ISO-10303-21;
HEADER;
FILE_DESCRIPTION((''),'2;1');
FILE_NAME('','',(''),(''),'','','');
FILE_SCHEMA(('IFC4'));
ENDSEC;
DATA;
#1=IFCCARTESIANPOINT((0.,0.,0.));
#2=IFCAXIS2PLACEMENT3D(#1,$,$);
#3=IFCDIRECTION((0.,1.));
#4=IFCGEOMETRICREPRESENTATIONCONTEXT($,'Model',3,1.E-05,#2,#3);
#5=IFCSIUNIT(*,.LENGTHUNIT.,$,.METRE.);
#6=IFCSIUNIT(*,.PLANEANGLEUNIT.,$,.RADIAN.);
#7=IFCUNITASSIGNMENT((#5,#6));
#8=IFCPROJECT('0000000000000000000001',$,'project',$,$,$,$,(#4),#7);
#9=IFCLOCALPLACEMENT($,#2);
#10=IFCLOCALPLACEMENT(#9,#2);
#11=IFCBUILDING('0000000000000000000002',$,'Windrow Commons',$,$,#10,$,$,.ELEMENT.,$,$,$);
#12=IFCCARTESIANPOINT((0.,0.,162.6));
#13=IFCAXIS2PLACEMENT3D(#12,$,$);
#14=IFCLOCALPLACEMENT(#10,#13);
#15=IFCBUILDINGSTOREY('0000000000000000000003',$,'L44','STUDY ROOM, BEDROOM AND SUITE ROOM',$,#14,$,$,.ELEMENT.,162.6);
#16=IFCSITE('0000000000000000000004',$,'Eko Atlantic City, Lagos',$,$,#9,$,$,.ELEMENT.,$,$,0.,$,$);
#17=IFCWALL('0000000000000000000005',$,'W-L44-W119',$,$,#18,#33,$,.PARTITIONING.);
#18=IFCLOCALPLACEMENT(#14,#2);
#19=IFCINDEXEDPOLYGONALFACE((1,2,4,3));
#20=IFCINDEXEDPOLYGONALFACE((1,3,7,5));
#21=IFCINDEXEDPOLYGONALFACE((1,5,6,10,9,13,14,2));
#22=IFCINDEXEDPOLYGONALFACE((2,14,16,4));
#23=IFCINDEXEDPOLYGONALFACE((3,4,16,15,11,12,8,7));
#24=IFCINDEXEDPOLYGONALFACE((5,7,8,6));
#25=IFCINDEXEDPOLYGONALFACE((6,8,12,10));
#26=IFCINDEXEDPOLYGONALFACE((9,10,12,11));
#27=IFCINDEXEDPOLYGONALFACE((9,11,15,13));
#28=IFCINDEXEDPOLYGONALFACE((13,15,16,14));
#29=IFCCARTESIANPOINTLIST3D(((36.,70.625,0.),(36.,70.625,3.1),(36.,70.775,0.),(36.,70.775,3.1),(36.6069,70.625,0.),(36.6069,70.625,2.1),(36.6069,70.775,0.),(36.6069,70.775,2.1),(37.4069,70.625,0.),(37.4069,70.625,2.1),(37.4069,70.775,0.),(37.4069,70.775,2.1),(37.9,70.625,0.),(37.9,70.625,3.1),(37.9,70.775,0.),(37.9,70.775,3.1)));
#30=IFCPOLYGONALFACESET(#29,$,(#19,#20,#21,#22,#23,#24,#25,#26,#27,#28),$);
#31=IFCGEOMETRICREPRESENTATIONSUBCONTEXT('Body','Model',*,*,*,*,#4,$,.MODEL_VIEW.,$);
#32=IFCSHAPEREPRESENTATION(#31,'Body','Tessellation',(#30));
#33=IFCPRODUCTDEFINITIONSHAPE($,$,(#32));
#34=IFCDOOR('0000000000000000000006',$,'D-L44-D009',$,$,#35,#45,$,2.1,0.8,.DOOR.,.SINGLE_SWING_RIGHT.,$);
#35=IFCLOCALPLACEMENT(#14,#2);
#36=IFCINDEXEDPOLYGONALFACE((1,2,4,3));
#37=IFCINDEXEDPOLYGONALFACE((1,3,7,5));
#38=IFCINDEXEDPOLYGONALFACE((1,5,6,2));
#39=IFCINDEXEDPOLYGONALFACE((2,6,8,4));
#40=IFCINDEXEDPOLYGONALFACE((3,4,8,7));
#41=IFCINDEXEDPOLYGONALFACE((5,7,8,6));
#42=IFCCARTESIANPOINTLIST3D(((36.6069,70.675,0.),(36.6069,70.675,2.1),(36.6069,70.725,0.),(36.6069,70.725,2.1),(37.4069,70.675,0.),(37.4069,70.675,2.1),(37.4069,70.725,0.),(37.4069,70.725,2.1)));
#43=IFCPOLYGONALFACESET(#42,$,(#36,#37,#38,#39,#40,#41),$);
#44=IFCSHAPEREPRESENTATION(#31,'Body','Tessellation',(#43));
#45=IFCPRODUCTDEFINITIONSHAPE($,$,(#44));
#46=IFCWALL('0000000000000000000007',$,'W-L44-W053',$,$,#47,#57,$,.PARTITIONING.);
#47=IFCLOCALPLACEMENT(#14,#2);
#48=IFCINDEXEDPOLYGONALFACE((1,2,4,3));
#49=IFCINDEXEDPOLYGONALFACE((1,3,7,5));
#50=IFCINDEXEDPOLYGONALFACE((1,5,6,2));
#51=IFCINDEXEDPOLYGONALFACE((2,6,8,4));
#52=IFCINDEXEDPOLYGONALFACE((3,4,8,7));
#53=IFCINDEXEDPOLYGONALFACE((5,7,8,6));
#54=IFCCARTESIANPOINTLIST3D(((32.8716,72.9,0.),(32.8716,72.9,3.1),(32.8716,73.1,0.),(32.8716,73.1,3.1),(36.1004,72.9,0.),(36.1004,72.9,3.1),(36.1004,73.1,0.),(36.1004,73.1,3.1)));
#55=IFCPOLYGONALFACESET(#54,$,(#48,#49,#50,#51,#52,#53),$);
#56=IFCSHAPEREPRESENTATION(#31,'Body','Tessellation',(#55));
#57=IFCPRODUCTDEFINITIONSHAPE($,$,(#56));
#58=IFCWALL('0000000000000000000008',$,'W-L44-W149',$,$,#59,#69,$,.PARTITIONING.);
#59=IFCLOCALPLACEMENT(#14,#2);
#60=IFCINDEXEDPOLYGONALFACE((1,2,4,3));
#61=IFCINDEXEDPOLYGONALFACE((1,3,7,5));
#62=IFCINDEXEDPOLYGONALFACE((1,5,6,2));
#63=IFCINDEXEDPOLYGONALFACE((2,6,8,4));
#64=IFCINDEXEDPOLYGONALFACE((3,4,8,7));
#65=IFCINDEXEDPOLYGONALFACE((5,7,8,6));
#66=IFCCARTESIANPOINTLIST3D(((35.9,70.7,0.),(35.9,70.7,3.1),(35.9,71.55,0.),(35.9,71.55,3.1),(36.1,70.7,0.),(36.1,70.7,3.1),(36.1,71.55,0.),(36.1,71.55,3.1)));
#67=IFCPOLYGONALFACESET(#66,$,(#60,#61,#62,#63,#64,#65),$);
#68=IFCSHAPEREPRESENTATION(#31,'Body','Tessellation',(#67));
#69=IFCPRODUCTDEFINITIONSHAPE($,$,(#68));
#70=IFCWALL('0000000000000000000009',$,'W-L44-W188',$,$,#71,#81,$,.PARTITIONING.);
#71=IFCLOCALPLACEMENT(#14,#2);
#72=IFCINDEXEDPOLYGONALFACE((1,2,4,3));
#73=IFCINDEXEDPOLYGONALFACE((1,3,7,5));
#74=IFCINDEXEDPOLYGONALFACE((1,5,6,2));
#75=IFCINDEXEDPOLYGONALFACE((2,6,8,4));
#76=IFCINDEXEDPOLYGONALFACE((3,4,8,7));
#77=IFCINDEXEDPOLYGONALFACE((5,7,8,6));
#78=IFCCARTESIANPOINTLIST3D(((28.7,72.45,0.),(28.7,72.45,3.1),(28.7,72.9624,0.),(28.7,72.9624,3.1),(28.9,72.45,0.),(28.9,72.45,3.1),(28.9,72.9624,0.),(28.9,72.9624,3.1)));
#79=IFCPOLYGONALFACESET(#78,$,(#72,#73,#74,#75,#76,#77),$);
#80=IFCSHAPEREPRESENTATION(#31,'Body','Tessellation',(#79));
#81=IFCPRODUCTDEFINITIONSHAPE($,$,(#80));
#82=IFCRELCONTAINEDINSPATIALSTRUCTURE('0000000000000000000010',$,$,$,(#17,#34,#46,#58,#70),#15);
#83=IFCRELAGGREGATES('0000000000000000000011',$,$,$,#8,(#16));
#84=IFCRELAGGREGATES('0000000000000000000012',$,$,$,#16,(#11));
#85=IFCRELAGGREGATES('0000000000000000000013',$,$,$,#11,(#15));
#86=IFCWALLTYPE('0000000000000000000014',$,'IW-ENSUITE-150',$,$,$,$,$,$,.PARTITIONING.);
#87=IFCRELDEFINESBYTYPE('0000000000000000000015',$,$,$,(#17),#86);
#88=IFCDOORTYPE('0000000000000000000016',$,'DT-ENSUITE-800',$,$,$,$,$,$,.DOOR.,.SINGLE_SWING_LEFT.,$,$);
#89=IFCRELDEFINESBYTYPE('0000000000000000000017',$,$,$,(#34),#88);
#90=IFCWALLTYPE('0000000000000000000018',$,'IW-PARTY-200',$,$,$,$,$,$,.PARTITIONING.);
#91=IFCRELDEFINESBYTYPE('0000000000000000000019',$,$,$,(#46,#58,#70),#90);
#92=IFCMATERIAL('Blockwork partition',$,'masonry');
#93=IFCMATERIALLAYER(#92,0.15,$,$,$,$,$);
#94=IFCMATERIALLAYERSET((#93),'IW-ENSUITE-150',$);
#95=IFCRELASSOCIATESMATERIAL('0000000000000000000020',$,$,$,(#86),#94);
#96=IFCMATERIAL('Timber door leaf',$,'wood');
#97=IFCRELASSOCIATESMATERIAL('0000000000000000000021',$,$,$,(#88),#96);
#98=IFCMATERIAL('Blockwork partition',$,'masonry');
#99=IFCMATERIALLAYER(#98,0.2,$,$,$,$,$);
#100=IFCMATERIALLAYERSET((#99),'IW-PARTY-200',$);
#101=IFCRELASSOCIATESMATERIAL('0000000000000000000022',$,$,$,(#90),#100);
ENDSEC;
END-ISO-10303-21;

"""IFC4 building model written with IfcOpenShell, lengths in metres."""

from ifc_helpers import new_model, si_unit, direction, frame, frame_2d, origin, place, context, subcontext, project, spatial, rectangle, extrude, material, layer, layer_set, type_object, element, fill, save


model = new_model("IFC4")

# Units and contexts
model_context = context("Model", 3, precision=1e-05, world=origin(), true_north=direction((0.0, 1.0)))
body_context = subcontext(model_context, "Body", "Model", "MODEL_VIEW")
ifc_project = project(units=[si_unit("LENGTHUNIT", "METRE"), si_unit("PLANEANGLEUNIT", "RADIAN")], contexts=[model_context])

# Site, building, storey
site_placement = place(None, origin())
site = spatial("IfcSite", under=ifc_project, at=site_placement, Name="Eko Atlantic City, Lagos", CompositionType="ELEMENT", RefElevation=0.0)
building_placement = place(site_placement, origin())
building = spatial("IfcBuilding", under=site, at=building_placement, Name="Windrow Commons", CompositionType="ELEMENT")
storey_placement = place(building_placement, frame((0.0, 0.0, 162.6)))
storey = spatial("IfcBuildingStorey", under=building, at=storey_placement, Name="L44", Description="STUDY ROOM, BEDROOM AND SUITE ROOM", CompositionType="ELEMENT", Elevation=162.6)

# Shared definitions
ifc_material_1 = material(Name="Blockwork partition", Category="masonry")
ifc_layer_1 = layer(ifc_material_1, 0.15)
ifc_layer_set_1 = layer_set([ifc_layer_1], Name="IW-ENSUITE-150")
wall_type_1 = type_object("IfcWallType", Name="IW-ENSUITE-150", PredefinedType="PARTITIONING", material=ifc_layer_set_1)

# Wall, opening, door
wall_1_placement = place(storey_placement, frame((36.0, 70.7, 0.0), z_axis=(0.0, 0.0, 1.0), x_axis=(1.0, 0.0, 0.0)))
wall_1 = element("IfcWall", 1, at=wall_1_placement, inside=storey, type_object=wall_type_1, Name="W-L44-W119", PredefinedType="PARTITIONING", context=body_context, shape_type="SweptSolid", body=[
    extrude(rectangle(XDim=1.9, YDim=0.15, at=frame_2d((0.95, 0.0))), origin(), (0.0, 0.0, 1.0), 3.1),
])
opening_1_placement = place(wall_1_placement, frame((0.6069, 0.0, 0.0)))
opening_1 = element("IfcOpeningElement", 2, at=opening_1_placement, cuts=wall_1, PredefinedType="OPENING", context=body_context, shape_type="SweptSolid", body=[
    extrude(rectangle(XDim=0.8, YDim=2.1, at=frame_2d((0.4, 1.05))), frame((0.0, 0.085, 0.0), z_axis=(0.0, -1.0, 0.0), x_axis=(1.0, 0.0, 0.0)), (0.0, 0.0, 1.0), 0.17),
])
ifc_material_2 = material(Name="Timber door leaf", Category="wood")
door_type = type_object("IfcDoorType", Name="DT-ENSUITE-800", OperationType="SINGLE_SWING_LEFT", PredefinedType="DOOR", material=ifc_material_2)
door_placement = place(opening_1_placement, origin())
door = element("IfcDoor", 3, at=door_placement, inside=storey, type_object=door_type, Name="D-L44-D009", OperationType="SINGLE_SWING_RIGHT", OverallHeight=2.1, OverallWidth=0.8, PredefinedType="DOOR", context=body_context, shape_type="SweptSolid", body=[
    extrude(rectangle(XDim=0.8, YDim=2.1, at=frame_2d((0.4, 1.05))), frame((0.0, 0.025, 0.0), z_axis=(0.0, -1.0, 0.0), x_axis=(1.0, 0.0, 0.0)), (0.0, 0.0, 1.0), 0.05),
])
fill(opening_1, door)

# Walls
ifc_material_3 = material(Name="Blockwork partition", Category="masonry")
ifc_layer_2 = layer(ifc_material_3, 0.2)
ifc_layer_set_2 = layer_set([ifc_layer_2], Name="IW-PARTY-200")
wall_type_2 = type_object("IfcWallType", Name="IW-PARTY-200", PredefinedType="PARTITIONING", material=ifc_layer_set_2)
wall_2_placement = place(storey_placement, frame((32.8716, 73.0, 0.0), z_axis=(0.0, 0.0, 1.0), x_axis=(1.0, 0.0, 0.0)))
element("IfcWall", 4, at=wall_2_placement, inside=storey, type_object=wall_type_2, Name="W-L44-W053", PredefinedType="PARTITIONING", context=body_context, shape_type="SweptSolid", body=[
    extrude(rectangle(XDim=3.2288, YDim=0.2, at=frame_2d((1.6144, 0.0))), origin(), (0.0, 0.0, 1.0), 3.1),
])
wall_3_placement = place(storey_placement, frame((36.0, 70.7, 0.0), z_axis=(0.0, 0.0, 1.0), x_axis=(0.0, 1.0, 0.0)))
element("IfcWall", 5, at=wall_3_placement, inside=storey, type_object=wall_type_2, Name="W-L44-W149", PredefinedType="PARTITIONING", context=body_context, shape_type="SweptSolid", body=[
    extrude(rectangle(XDim=0.85, YDim=0.2, at=frame_2d((0.425, 0.0))), origin(), (0.0, 0.0, 1.0), 3.1),
])
wall_4_placement = place(storey_placement, frame((28.8, 72.45, 0.0), z_axis=(0.0, 0.0, 1.0), x_axis=(0.0, 1.0, 0.0)))
element("IfcWall", 6, at=wall_4_placement, inside=storey, type_object=wall_type_2, Name="W-L44-W188", PredefinedType="PARTITIONING", context=body_context, shape_type="SweptSolid", body=[
    extrude(rectangle(XDim=0.5125, YDim=0.2, at=frame_2d((0.2562, 0.0))), origin(), (0.0, 0.0, 1.0), 3.1),
])

save(model, "model.ifc")
